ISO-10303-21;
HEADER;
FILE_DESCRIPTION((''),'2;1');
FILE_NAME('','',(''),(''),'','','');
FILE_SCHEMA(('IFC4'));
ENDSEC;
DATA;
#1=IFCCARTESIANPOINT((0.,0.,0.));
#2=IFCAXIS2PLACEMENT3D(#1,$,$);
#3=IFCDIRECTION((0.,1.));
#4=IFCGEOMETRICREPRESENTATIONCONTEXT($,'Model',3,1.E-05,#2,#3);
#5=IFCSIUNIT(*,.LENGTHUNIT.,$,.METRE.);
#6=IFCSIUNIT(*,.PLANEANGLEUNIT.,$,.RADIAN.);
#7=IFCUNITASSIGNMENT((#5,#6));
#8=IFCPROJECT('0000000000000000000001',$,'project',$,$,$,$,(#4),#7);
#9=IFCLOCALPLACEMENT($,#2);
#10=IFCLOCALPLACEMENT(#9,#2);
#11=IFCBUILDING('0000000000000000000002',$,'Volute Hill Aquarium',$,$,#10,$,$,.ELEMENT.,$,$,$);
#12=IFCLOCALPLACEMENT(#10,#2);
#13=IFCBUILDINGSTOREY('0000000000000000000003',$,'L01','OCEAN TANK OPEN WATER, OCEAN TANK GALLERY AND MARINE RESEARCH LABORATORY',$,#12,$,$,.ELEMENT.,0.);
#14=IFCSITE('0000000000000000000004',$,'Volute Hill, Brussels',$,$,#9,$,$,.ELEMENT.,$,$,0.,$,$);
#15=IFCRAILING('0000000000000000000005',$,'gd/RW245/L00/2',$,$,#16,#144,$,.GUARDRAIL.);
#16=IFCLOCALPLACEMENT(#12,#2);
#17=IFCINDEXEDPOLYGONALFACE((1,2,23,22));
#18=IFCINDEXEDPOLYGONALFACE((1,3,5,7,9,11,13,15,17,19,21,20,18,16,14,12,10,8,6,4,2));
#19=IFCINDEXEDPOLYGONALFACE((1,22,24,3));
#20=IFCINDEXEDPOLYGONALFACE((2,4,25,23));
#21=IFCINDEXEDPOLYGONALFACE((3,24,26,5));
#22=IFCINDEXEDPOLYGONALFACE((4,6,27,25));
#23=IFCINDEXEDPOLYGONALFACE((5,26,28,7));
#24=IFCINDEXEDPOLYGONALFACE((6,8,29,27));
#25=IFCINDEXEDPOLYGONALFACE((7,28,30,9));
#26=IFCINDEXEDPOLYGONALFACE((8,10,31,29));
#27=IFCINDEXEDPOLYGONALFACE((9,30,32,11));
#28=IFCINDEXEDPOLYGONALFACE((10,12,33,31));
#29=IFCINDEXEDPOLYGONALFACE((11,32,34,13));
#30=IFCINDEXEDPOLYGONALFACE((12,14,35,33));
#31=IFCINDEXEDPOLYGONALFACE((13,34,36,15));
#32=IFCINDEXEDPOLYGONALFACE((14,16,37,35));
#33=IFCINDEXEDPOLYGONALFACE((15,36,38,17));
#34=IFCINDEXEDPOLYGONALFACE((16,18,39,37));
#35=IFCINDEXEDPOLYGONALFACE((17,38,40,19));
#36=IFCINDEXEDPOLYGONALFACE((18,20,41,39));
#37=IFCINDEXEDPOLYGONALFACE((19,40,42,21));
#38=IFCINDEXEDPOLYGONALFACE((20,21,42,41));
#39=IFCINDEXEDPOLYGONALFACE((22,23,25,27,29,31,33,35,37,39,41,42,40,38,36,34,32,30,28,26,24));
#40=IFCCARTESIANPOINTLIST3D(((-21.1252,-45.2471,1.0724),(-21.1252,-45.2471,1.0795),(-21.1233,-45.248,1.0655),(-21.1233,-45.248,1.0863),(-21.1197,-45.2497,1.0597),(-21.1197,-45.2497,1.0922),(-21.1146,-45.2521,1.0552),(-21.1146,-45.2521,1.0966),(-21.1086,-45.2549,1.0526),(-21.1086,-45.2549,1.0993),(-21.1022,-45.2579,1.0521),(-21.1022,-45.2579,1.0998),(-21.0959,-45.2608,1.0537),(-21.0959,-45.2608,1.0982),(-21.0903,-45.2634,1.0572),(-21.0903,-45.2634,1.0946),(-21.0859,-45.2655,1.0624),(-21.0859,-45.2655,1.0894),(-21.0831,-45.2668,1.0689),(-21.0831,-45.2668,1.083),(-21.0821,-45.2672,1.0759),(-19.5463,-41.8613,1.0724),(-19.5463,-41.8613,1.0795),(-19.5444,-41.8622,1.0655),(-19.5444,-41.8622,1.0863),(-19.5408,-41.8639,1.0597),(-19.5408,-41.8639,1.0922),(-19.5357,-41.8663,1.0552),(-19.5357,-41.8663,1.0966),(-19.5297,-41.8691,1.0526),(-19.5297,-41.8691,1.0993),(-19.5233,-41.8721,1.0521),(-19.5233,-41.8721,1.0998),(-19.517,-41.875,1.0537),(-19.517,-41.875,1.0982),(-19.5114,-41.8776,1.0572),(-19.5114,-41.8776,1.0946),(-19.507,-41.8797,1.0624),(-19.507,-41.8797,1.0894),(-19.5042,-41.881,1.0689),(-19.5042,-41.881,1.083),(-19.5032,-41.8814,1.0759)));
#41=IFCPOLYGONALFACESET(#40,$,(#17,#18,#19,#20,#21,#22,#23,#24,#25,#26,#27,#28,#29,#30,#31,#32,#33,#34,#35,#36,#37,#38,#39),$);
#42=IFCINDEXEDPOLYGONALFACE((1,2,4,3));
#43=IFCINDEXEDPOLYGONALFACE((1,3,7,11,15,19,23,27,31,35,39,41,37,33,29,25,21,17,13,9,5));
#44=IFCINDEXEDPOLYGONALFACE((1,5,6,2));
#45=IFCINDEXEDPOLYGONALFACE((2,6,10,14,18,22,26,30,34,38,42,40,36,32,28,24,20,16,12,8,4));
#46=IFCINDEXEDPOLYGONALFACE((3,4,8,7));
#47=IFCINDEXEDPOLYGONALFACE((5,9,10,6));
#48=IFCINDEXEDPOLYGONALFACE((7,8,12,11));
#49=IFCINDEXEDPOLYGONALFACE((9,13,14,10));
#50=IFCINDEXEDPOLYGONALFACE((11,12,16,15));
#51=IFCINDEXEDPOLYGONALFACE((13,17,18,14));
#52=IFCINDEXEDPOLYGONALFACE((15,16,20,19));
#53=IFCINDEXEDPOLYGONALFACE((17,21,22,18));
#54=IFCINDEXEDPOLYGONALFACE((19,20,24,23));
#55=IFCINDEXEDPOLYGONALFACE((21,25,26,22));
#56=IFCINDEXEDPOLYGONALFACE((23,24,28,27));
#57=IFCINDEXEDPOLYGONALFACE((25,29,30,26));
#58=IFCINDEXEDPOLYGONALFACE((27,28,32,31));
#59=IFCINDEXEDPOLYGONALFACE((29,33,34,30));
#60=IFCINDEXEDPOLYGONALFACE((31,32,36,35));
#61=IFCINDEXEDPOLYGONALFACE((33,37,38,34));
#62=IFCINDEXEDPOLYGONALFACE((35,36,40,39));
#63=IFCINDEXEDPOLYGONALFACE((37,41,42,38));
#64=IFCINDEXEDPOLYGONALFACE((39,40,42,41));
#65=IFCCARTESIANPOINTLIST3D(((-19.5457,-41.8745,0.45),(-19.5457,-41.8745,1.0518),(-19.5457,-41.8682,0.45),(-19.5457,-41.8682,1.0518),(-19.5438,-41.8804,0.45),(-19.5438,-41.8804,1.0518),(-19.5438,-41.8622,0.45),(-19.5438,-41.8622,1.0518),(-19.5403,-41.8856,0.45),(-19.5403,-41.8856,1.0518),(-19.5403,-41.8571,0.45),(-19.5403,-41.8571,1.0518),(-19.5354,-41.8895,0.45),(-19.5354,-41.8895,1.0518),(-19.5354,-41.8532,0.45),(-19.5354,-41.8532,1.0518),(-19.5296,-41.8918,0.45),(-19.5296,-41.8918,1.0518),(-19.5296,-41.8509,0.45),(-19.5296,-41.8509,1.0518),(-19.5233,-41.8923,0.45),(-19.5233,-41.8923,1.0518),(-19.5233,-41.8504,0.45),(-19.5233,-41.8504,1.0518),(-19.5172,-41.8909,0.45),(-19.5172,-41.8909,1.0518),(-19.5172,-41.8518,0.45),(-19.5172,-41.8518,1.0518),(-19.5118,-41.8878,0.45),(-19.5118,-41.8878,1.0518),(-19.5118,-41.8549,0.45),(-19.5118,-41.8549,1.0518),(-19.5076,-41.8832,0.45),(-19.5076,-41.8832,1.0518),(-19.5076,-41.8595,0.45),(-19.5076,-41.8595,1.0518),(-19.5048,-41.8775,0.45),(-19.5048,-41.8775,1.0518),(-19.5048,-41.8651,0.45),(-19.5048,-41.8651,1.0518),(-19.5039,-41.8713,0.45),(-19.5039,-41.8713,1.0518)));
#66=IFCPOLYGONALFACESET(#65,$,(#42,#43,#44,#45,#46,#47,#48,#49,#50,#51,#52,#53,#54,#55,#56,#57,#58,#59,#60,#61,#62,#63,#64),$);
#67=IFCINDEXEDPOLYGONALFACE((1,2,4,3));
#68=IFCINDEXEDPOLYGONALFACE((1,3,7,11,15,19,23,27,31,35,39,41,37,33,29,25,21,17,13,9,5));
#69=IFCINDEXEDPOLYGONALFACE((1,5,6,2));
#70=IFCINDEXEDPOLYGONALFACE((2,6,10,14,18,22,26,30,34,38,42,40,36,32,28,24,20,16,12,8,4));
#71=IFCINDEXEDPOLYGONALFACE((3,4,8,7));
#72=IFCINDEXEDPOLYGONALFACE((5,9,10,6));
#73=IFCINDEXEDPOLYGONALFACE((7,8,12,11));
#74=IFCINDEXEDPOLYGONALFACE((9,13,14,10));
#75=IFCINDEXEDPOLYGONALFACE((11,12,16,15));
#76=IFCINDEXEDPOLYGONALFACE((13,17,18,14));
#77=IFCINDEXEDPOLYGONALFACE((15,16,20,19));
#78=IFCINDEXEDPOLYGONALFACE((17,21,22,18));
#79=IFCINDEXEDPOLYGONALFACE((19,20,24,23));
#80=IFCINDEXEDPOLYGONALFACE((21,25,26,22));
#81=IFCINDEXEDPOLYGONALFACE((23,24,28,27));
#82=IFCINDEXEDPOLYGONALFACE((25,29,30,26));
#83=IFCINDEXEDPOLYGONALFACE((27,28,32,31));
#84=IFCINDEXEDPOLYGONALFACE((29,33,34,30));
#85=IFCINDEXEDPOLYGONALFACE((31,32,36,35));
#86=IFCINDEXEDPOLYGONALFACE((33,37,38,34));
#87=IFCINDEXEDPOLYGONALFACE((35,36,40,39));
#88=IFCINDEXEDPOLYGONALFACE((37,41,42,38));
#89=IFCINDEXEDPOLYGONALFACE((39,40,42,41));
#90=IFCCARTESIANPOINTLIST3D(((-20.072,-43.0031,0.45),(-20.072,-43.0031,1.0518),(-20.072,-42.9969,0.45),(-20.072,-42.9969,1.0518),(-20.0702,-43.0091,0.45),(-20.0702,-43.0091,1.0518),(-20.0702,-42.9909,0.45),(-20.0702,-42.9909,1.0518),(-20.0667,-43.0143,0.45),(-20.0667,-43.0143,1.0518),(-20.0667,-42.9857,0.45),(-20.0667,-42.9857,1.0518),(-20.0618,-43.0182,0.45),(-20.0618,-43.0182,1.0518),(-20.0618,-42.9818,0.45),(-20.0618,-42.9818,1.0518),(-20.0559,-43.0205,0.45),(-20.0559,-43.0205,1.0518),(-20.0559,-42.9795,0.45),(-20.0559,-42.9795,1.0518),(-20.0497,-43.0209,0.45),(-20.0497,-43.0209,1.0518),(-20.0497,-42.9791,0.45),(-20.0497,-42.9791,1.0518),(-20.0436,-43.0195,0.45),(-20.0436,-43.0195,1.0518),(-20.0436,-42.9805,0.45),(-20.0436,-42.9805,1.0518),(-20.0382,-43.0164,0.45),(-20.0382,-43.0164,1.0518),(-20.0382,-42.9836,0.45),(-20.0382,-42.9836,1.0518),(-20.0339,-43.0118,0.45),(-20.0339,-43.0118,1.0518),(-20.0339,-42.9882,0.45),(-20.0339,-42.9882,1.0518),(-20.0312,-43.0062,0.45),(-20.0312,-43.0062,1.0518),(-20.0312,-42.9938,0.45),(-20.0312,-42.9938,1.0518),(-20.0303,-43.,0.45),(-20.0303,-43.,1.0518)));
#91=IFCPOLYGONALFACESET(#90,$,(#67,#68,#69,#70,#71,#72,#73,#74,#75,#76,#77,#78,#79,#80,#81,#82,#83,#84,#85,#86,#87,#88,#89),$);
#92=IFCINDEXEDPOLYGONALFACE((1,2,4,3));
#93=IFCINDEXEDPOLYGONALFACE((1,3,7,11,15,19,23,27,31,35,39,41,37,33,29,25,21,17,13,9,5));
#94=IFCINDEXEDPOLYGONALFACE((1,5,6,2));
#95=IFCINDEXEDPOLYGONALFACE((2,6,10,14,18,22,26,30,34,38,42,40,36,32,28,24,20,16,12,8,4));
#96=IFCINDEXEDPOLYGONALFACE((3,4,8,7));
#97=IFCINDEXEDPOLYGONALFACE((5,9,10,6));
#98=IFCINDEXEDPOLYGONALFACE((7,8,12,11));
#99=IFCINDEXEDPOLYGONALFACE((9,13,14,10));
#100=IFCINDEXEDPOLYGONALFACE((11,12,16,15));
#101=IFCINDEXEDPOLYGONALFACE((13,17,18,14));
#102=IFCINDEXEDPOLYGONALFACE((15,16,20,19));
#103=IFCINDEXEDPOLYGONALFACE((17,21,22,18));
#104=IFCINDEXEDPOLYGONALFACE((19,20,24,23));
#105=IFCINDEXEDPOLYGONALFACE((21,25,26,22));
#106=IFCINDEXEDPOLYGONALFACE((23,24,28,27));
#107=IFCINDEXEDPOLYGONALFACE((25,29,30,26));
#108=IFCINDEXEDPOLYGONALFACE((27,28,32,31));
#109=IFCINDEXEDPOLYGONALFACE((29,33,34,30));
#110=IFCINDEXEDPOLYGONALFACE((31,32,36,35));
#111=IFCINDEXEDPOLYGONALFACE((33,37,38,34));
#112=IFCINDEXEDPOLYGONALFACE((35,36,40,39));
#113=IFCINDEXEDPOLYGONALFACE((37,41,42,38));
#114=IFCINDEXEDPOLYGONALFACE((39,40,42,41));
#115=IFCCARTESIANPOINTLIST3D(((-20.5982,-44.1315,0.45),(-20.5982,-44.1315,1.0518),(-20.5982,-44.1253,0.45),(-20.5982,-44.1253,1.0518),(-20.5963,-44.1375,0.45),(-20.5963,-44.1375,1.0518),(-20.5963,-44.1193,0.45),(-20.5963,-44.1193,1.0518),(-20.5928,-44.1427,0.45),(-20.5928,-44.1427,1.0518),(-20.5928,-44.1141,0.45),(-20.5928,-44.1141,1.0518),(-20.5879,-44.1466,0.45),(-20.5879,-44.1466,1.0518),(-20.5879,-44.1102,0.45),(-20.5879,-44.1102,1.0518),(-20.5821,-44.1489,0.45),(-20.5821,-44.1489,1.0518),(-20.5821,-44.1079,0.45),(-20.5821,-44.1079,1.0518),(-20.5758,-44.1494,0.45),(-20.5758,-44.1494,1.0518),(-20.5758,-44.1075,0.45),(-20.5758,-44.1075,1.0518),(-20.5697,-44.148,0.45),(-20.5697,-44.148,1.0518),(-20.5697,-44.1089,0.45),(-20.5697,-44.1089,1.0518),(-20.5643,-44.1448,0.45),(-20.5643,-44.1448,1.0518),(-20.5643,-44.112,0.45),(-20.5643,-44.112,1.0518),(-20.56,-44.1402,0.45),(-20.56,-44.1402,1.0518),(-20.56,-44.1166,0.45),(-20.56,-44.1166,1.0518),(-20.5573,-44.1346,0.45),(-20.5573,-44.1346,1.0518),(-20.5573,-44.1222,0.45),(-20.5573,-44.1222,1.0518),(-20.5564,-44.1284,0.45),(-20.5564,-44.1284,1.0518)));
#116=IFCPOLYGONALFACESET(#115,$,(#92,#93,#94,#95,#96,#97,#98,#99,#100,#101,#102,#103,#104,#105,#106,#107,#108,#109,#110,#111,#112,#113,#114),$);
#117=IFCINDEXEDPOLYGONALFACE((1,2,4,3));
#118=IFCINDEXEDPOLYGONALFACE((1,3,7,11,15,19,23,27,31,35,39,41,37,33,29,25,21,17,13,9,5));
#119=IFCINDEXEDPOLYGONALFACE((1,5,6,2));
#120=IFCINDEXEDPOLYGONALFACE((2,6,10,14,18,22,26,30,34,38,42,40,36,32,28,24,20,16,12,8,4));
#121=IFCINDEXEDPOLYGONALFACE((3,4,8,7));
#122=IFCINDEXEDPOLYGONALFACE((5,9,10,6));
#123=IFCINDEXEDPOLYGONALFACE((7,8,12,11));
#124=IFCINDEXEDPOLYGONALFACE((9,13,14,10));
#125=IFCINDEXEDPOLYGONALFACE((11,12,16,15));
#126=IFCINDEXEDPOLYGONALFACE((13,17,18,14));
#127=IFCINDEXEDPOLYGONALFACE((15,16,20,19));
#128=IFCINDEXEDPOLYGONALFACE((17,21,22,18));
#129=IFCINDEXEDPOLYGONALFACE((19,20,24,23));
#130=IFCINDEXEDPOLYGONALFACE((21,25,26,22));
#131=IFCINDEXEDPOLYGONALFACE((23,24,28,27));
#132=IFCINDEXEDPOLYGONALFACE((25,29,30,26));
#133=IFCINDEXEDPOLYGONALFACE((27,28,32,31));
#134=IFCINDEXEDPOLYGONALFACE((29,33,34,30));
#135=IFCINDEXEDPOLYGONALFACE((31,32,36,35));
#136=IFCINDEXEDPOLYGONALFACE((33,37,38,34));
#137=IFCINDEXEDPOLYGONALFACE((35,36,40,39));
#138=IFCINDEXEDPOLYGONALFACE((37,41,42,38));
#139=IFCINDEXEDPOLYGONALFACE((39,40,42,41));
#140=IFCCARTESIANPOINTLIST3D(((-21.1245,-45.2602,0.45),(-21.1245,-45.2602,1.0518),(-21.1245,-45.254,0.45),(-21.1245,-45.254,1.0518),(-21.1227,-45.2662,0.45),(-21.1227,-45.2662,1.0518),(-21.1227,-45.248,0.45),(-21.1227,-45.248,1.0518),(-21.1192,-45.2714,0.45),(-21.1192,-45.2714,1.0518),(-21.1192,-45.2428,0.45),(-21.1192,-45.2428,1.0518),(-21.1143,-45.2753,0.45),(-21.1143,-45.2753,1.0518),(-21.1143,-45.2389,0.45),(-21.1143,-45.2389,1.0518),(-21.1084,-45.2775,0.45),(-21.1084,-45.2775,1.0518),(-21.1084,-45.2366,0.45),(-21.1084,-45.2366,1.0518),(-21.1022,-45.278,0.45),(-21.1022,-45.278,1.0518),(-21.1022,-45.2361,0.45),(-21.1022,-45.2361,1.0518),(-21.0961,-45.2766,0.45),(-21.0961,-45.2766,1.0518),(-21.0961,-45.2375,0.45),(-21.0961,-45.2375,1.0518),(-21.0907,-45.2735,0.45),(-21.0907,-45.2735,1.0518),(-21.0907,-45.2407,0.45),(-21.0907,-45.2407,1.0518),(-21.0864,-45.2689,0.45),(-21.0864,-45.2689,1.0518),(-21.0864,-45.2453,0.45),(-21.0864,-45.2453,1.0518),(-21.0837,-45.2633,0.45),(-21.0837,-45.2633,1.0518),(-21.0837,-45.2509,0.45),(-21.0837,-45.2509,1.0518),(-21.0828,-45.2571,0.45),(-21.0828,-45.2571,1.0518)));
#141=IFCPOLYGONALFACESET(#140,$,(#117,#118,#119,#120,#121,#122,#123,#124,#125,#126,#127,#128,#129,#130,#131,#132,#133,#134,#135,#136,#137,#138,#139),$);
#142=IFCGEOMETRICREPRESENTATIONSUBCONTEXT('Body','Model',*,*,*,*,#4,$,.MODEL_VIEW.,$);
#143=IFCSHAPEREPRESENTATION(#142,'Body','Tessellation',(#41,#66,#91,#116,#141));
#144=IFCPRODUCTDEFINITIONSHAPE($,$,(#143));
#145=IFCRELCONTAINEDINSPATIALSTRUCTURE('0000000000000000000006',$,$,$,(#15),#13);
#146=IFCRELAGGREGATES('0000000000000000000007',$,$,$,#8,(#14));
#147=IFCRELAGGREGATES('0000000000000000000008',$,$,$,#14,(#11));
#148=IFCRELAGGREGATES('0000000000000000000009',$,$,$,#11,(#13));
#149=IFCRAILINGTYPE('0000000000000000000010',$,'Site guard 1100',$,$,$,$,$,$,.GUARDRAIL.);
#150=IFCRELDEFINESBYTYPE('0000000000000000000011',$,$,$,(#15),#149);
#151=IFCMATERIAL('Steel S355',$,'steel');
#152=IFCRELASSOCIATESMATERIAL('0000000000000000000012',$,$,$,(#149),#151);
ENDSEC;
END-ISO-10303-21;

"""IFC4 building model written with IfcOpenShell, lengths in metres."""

from ifc_helpers import new_model, si_unit, direction, frame, origin, origin_2d, place, context, subcontext, project, spatial, circle, extrude, material, type_object, element, save


model = new_model("IFC4")

# Units and contexts
model_context = context("Model", 3, precision=1e-05, world=origin(), true_north=direction((0.0, 1.0)))
body_context = subcontext(model_context, "Body", "Model", "MODEL_VIEW")
ifc_project = project(units=[si_unit("LENGTHUNIT", "METRE"), si_unit("PLANEANGLEUNIT", "RADIAN")], contexts=[model_context])

# Site, building, storey
site_placement = place(None, origin())
site = spatial("IfcSite", under=ifc_project, at=site_placement, Name="Volute Hill, Brussels", CompositionType="ELEMENT", RefElevation=0.0)
building_placement = place(site_placement, origin())
building = spatial("IfcBuilding", under=site, at=building_placement, Name="Volute Hill Aquarium", CompositionType="ELEMENT")
storey_placement = place(building_placement, origin())
storey = spatial("IfcBuildingStorey", under=building, at=storey_placement, Name="L01", Description="OCEAN TANK OPEN WATER, OCEAN TANK GALLERY AND MARINE RESEARCH LABORATORY", CompositionType="ELEMENT", Elevation=0.0)

# Railing
ifc_material_1 = material(Name="Steel S355", Category="steel")
railing_type = type_object("IfcRailingType", Name="Site guard 1100", PredefinedType="GUARDRAIL", material=ifc_material_1)
railing_1_placement = place(storey_placement, frame((-19.5249, -41.8713, 0.45)))
element("IfcRailing", 1, at=railing_1_placement, inside=storey, type_object=railing_type, Name="gd/RW245/L00/2", PredefinedType="GUARDRAIL", context=body_context, shape_type="SweptSolid", body=[
    extrude(circle(Radius=0.0239, at=origin_2d()), frame((0.0, 0.0, 0.626), z_axis=(-0.422631, -0.906302, 0.0), x_axis=(0.906302, -0.422631, 0.0)), (0.0, 0.0, 1.0), 3.7358),
    extrude(circle(Radius=0.021, at=origin_2d()), origin(), (0.0, 0.0, 1.0), 0.6018),
    extrude(circle(Radius=0.021, at=origin_2d()), frame((-0.5264, -1.1287, 0.0)), (0.0, 0.0, 1.0), 0.6018),
    extrude(circle(Radius=0.021, at=origin_2d()), frame((-1.0525, -2.2571, 0.0)), (0.0, 0.0, 1.0), 0.6018),
    extrude(circle(Radius=0.021, at=origin_2d()), frame((-1.5789, -3.3857, 0.0)), (0.0, 0.0, 1.0), 0.6018),
])

save(model, "model.ifc")
